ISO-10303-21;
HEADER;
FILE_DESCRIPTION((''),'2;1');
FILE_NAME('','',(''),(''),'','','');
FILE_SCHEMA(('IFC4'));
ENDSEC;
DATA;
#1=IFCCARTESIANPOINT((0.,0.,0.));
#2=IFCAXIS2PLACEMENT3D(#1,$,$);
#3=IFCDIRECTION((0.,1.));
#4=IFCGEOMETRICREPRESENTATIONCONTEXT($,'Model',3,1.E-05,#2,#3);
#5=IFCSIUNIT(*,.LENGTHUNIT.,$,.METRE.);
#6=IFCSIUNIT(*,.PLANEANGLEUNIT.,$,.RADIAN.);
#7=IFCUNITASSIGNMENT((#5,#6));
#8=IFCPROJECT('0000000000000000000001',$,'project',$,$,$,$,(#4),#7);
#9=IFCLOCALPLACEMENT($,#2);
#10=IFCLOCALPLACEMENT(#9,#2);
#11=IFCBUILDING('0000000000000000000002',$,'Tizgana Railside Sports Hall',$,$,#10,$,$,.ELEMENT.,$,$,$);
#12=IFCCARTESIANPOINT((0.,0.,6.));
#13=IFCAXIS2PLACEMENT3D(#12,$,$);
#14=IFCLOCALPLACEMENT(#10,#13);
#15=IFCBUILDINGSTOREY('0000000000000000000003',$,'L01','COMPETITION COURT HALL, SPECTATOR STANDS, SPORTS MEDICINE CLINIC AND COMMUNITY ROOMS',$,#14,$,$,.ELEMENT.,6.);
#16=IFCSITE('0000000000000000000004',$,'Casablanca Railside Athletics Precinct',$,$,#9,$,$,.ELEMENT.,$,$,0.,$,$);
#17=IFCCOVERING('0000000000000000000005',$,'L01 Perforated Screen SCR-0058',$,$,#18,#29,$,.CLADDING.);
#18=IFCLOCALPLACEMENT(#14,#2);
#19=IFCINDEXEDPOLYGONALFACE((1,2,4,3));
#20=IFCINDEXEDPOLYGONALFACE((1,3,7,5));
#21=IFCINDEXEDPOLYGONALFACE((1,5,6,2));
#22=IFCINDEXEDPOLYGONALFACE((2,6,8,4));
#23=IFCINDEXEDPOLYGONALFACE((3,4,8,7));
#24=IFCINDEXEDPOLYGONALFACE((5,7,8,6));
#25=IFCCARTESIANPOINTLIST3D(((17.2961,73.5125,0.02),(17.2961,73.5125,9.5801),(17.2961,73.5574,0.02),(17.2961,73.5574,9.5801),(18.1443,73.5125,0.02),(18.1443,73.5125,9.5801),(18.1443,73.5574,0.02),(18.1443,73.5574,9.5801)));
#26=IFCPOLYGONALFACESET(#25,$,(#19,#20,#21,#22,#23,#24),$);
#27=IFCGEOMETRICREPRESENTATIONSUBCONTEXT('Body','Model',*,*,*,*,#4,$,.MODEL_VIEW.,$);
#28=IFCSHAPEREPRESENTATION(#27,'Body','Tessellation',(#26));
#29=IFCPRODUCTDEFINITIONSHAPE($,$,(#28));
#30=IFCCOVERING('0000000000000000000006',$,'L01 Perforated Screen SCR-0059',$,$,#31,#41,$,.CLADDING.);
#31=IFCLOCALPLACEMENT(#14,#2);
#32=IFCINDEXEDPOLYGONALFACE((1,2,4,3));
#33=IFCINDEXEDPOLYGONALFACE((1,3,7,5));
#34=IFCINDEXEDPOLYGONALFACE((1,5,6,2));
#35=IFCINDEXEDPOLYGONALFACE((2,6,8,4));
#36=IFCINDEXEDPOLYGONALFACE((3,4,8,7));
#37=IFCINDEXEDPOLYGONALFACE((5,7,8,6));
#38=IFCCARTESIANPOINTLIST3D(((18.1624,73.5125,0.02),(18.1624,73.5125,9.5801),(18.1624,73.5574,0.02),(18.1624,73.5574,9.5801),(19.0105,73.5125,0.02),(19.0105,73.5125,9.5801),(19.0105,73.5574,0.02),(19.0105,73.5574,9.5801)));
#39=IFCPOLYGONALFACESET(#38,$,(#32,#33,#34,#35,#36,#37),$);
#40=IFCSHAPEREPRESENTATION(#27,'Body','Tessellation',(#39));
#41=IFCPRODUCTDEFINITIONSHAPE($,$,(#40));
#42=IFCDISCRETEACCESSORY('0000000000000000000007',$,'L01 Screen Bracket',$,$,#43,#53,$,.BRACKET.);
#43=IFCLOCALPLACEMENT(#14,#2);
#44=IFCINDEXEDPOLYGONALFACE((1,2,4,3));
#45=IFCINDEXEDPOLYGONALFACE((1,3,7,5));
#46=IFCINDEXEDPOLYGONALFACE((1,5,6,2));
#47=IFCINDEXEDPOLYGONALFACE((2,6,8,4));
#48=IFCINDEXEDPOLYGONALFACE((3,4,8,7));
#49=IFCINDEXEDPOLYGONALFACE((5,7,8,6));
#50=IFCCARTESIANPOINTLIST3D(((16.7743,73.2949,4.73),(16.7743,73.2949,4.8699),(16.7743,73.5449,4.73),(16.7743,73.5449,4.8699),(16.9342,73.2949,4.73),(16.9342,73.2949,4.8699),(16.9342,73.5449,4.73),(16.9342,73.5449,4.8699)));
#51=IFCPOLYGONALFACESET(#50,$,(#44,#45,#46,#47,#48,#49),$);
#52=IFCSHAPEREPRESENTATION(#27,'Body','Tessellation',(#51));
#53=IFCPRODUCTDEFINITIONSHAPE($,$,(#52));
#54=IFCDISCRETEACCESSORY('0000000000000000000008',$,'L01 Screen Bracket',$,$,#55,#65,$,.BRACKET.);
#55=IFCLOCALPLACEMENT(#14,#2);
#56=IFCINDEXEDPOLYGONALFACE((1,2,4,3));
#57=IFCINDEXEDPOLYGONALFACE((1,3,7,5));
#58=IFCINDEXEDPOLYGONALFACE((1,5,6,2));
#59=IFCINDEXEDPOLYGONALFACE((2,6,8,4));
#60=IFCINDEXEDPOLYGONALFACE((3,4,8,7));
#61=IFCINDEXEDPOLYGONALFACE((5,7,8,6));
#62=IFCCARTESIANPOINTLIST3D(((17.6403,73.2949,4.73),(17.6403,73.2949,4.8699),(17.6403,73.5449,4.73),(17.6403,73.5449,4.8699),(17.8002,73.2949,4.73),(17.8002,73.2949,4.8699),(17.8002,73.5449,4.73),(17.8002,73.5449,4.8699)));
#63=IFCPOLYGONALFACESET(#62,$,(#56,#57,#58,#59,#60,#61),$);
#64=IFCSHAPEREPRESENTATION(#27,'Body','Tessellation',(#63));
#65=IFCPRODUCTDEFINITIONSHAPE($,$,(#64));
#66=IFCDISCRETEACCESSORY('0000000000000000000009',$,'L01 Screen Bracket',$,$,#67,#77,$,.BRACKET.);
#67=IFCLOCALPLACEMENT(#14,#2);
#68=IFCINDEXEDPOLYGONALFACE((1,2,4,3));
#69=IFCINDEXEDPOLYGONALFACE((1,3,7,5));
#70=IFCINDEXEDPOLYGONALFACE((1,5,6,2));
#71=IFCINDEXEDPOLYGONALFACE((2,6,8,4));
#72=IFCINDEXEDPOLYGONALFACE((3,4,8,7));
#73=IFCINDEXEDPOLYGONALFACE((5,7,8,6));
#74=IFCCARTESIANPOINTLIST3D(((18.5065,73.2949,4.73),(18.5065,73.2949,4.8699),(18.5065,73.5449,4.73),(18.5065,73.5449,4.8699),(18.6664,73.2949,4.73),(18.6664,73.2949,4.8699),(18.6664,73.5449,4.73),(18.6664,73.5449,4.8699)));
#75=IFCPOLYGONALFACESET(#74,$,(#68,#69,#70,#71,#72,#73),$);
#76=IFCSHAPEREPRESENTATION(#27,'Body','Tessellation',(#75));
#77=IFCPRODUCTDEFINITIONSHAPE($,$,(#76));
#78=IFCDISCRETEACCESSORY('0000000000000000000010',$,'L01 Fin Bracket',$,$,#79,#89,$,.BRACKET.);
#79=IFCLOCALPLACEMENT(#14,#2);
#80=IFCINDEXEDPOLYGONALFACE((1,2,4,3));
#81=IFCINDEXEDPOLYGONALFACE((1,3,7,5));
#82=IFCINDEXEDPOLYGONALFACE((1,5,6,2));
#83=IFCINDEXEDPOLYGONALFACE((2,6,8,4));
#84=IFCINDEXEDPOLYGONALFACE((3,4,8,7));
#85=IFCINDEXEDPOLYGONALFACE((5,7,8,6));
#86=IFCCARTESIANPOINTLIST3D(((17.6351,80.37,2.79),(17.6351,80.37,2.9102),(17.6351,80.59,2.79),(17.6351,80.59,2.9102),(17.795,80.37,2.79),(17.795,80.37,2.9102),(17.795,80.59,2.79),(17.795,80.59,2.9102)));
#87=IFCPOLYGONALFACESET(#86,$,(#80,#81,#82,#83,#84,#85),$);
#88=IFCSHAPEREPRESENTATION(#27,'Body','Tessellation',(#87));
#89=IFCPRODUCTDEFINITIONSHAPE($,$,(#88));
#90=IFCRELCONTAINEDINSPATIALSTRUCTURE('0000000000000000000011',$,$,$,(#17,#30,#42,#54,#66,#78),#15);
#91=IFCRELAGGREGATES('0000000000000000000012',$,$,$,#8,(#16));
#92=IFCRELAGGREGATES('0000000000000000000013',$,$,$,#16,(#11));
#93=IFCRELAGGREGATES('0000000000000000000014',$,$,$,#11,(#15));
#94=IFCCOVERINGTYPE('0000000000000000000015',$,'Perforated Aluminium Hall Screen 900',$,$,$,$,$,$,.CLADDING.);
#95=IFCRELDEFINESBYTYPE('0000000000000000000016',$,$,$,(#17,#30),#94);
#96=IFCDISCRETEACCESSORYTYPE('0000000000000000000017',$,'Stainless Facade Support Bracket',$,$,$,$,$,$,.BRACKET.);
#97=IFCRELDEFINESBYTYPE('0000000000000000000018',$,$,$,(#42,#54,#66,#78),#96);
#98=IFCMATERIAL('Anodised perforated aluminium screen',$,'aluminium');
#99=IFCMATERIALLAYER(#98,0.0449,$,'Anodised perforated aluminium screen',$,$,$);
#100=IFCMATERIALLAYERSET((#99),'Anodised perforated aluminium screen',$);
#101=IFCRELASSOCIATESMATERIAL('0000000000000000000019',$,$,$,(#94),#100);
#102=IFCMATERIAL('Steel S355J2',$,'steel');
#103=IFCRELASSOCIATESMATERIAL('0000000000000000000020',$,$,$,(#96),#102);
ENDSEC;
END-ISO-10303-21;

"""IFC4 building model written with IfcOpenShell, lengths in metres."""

from ifc_helpers import new_model, si_unit, direction, frame, origin, origin_2d, place, context, subcontext, project, spatial, rectangle, extrude, material, layer, layer_set, type_object, element, save


model = new_model("IFC4")

# Units and contexts
model_context = context("Model", 3, precision=1e-05, world=origin(), true_north=direction((0.0, 1.0)))
body_context = subcontext(model_context, "Body", "Model", "MODEL_VIEW")
ifc_project = project(units=[si_unit("LENGTHUNIT", "METRE"), si_unit("PLANEANGLEUNIT", "RADIAN")], contexts=[model_context])

# Site, building, storey
site_placement = place(None, origin())
site = spatial("IfcSite", under=ifc_project, at=site_placement, Name="Casablanca Railside Athletics Precinct", CompositionType="ELEMENT", RefElevation=0.0)
building_placement = place(site_placement, origin())
building = spatial("IfcBuilding", under=site, at=building_placement, Name="Tizgana Railside Sports Hall", CompositionType="ELEMENT")
storey_placement = place(building_placement, frame((0.0, 0.0, 6.0)))
storey = spatial("IfcBuildingStorey", under=building, at=storey_placement, Name="L01", Description="COMPETITION COURT HALL, SPECTATOR STANDS, SPORTS MEDICINE CLINIC AND COMMUNITY ROOMS", CompositionType="ELEMENT", Elevation=6.0)

# Coverings
ifc_material_1 = material(Name="Anodised perforated aluminium screen", Category="aluminium")
ifc_layer_1 = layer(ifc_material_1, 0.0449, Name="Anodised perforated aluminium screen")
ifc_layer_set_1 = layer_set([ifc_layer_1], Name="Anodised perforated aluminium screen")
covering_type_1 = type_object("IfcCoveringType", Name="Perforated Aluminium Hall Screen 900", PredefinedType="CLADDING", material=ifc_layer_set_1)
for number, where, z_axis, x_axis, name in (
    (1, (17.7202, 73.5349, 0.02), (0.0, 0.0, 1.0), (1.0, 0.0, 0.0), "L01 Perforated Screen SCR-0058"),
    (2, (18.5864, 73.5349, 0.02), (0.0, 0.0, 1.0), (1.0, 0.0, 0.0), "L01 Perforated Screen SCR-0059"),
):
    element("IfcCovering", number, at=place(storey_placement, frame(where, z_axis=z_axis, x_axis=x_axis)), inside=storey, type_object=covering_type_1, Name=name, PredefinedType="CLADDING", context=body_context, shape_type="SweptSolid", body=[
        extrude(rectangle(XDim=0.8481, YDim=0.0449, at=origin_2d()), origin(), (0.0, 0.0, 1.0), 9.5601),
    ])

# Discrete accessories
ifc_material_2 = material(Name="Steel S355J2", Category="steel")
discrete_accessory_type = type_object("IfcDiscreteAccessoryType", Name="Stainless Facade Support Bracket", PredefinedType="BRACKET", material=ifc_material_2)
for number, where, z_axis, x_axis, name in (
    (3, (16.8542, 73.4199, 4.73), (0.0, 0.0, 1.0), (1.0, 0.0, 0.0), "L01 Screen Bracket"),
    (4, (17.7202, 73.4199, 4.73), (0.0, 0.0, 1.0), (1.0, 0.0, 0.0), "L01 Screen Bracket"),
    (5, (18.5864, 73.4199, 4.73), (0.0, 0.0, 1.0), (1.0, 0.0, 0.0), "L01 Screen Bracket"),
):
    element("IfcDiscreteAccessory", number, at=place(storey_placement, frame(where, z_axis=z_axis, x_axis=x_axis)), inside=storey, type_object=discrete_accessory_type, Name=name, PredefinedType="BRACKET", context=body_context, shape_type="SweptSolid", body=[
        extrude(rectangle(XDim=0.1599, YDim=0.25, at=origin_2d()), origin(), (0.0, 0.0, 1.0), 0.1399),
    ])
discrete_accessory_placement = place(storey_placement, frame((17.7151, 80.48, 2.79), z_axis=(0.0, 0.0, 1.0), x_axis=(1.0, 0.0, 0.0)))
element("IfcDiscreteAccessory", 6, at=discrete_accessory_placement, inside=storey, type_object=discrete_accessory_type, Name="L01 Fin Bracket", PredefinedType="BRACKET", context=body_context, shape_type="SweptSolid", body=[
    extrude(rectangle(XDim=0.1599, YDim=0.22, at=origin_2d()), origin(), (0.0, 0.0, 1.0), 0.1201),
])

save(model, "model.ifc")
